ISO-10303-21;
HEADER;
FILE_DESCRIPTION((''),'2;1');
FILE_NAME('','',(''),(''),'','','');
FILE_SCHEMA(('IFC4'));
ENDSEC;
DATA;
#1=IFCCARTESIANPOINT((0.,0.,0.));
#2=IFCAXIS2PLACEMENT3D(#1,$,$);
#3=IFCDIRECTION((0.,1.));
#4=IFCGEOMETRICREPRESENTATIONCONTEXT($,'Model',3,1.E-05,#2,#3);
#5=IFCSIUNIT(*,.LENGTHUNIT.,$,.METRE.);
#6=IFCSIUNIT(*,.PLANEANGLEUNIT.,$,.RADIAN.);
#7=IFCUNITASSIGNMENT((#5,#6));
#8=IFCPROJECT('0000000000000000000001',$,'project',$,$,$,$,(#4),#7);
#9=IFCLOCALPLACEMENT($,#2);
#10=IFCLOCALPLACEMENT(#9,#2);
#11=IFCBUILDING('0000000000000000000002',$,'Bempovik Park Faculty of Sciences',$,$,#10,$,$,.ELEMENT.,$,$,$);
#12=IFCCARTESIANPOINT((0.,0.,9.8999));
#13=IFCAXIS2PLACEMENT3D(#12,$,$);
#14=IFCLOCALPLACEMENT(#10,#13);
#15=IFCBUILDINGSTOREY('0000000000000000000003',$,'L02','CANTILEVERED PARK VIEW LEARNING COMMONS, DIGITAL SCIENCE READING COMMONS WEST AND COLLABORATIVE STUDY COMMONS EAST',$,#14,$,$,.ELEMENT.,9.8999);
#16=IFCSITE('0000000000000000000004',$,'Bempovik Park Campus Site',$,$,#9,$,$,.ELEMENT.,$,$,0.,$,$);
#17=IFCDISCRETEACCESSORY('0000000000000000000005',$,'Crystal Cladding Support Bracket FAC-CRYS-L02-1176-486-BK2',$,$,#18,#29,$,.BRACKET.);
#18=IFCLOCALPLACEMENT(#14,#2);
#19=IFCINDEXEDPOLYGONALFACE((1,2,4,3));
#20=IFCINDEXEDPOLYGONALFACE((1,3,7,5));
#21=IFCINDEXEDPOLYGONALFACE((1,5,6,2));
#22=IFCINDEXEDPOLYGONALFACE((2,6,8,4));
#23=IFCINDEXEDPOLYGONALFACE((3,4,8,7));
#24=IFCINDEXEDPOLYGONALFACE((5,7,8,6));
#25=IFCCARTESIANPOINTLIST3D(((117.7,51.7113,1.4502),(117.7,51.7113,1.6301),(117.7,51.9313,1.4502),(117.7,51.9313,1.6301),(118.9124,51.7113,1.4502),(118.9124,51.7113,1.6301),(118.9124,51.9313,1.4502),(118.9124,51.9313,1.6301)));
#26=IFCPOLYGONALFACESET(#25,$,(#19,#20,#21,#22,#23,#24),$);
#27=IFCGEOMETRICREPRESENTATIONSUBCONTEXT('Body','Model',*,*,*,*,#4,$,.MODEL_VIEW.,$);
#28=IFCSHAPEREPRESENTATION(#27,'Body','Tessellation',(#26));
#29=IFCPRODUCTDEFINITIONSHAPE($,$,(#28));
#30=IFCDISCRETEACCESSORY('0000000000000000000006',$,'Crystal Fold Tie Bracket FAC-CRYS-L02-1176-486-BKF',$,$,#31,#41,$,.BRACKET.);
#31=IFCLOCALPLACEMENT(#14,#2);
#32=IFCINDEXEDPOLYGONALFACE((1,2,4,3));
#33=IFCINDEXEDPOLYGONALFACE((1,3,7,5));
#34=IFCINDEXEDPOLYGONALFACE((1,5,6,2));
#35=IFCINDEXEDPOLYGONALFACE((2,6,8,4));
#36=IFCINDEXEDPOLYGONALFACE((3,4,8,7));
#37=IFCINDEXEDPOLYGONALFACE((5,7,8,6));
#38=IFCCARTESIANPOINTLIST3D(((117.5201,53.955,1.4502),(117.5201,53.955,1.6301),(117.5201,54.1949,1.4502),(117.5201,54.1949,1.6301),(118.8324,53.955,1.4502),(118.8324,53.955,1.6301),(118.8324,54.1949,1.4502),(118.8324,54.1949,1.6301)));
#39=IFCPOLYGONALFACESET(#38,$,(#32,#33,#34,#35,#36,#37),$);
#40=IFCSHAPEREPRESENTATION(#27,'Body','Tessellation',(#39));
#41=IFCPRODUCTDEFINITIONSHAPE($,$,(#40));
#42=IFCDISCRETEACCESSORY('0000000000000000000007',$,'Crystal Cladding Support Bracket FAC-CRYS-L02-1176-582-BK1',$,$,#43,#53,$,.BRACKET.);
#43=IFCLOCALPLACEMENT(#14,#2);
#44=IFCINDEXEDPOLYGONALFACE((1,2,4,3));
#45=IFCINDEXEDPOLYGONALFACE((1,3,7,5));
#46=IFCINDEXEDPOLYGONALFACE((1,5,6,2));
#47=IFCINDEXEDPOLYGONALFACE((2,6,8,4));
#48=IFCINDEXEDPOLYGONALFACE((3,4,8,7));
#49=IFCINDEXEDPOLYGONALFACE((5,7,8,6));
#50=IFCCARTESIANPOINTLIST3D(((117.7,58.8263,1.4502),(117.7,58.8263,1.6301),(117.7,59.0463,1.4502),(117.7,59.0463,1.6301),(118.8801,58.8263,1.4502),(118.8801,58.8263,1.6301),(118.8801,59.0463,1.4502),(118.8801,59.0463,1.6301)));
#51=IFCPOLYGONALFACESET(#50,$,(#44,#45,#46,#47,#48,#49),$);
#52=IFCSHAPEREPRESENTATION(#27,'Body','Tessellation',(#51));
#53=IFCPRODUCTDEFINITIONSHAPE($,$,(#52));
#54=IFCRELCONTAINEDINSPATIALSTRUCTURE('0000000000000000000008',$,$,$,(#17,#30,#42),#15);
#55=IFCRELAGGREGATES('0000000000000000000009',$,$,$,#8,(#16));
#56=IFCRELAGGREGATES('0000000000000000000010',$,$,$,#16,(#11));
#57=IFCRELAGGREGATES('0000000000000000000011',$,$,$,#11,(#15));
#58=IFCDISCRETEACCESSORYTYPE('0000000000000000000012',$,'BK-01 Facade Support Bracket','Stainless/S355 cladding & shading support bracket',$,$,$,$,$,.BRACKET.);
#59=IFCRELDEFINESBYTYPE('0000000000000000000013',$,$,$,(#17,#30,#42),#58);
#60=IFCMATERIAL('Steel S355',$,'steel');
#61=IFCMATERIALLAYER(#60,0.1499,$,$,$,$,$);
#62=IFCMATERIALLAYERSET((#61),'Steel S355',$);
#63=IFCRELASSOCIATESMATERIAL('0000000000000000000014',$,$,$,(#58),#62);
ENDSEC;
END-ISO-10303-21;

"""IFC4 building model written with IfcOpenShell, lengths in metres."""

from ifc_helpers import new_model, si_unit, direction, frame, origin, origin_2d, place, context, subcontext, project, spatial, rectangle, extrude, material, layer, layer_set, type_object, element, save


model = new_model("IFC4")

# Units and contexts
model_context = context("Model", 3, precision=1e-05, world=origin(), true_north=direction((0.0, 1.0)))
body_context = subcontext(model_context, "Body", "Model", "MODEL_VIEW")
ifc_project = project(units=[si_unit("LENGTHUNIT", "METRE"), si_unit("PLANEANGLEUNIT", "RADIAN")], contexts=[model_context])

# Site, building, storey
site_placement = place(None, origin())
site = spatial("IfcSite", under=ifc_project, at=site_placement, Name="Bempovik Park Campus Site", CompositionType="ELEMENT", RefElevation=0.0)
building_placement = place(site_placement, origin())
building = spatial("IfcBuilding", under=site, at=building_placement, Name="Bempovik Park Faculty of Sciences", CompositionType="ELEMENT")
storey_placement = place(building_placement, frame((0.0, 0.0, 9.8999)))
storey = spatial("IfcBuildingStorey", under=building, at=storey_placement, Name="L02", Description="CANTILEVERED PARK VIEW LEARNING COMMONS, DIGITAL SCIENCE READING COMMONS WEST AND COLLABORATIVE STUDY COMMONS EAST", CompositionType="ELEMENT", Elevation=9.8999)

# Discrete accessories
ifc_material_1 = material(Name="Steel S355", Category="steel")
ifc_layer_1 = layer(ifc_material_1, 0.1499)
ifc_layer_set_1 = layer_set([ifc_layer_1], Name="Steel S355")
discrete_accessory_type = type_object("IfcDiscreteAccessoryType", Name="BK-01 Facade Support Bracket", Description="Stainless/S355 cladding & shading support bracket", PredefinedType="BRACKET", material=ifc_layer_set_1)
for number, where, z_axis, x_axis, name in (
    (1, (118.3062, 51.8213, 1.4502), (0.0, 0.0, 1.0), (1.0, 0.0, 0.0), "Crystal Cladding Support Bracket FAC-CRYS-L02-1176-486-BK2"),
):
    element("IfcDiscreteAccessory", number, at=place(storey_placement, frame(where, z_axis=z_axis, x_axis=x_axis)), inside=storey, type_object=discrete_accessory_type, Name=name, PredefinedType="BRACKET", context=body_context, shape_type="SweptSolid", body=[
        extrude(rectangle(XDim=1.2124, YDim=0.22, at=origin_2d()), origin(), (0.0, 0.0, 1.0), 0.1799),
    ])
discrete_accessory_1_placement = place(storey_placement, frame((118.1763, 54.075, 1.4502), z_axis=(0.0, 0.0, 1.0), x_axis=(1.0, 0.0, 0.0)))
element("IfcDiscreteAccessory", 2, at=discrete_accessory_1_placement, inside=storey, type_object=discrete_accessory_type, Name="Crystal Fold Tie Bracket FAC-CRYS-L02-1176-486-BKF", PredefinedType="BRACKET", context=body_context, shape_type="SweptSolid", body=[
    extrude(rectangle(XDim=1.3123, YDim=0.24, at=origin_2d()), origin(), (0.0, 0.0, 1.0), 0.1799),
])
discrete_accessory_2_placement = place(storey_placement, frame((118.29, 58.9363, 1.4502), z_axis=(0.0, 0.0, 1.0), x_axis=(1.0, 0.0, 0.0)))
element("IfcDiscreteAccessory", 3, at=discrete_accessory_2_placement, inside=storey, type_object=discrete_accessory_type, Name="Crystal Cladding Support Bracket FAC-CRYS-L02-1176-582-BK1", PredefinedType="BRACKET", context=body_context, shape_type="SweptSolid", body=[
    extrude(rectangle(XDim=1.1802, YDim=0.22, at=origin_2d()), origin(), (0.0, 0.0, 1.0), 0.1799),
])

save(model, "model.ifc")
